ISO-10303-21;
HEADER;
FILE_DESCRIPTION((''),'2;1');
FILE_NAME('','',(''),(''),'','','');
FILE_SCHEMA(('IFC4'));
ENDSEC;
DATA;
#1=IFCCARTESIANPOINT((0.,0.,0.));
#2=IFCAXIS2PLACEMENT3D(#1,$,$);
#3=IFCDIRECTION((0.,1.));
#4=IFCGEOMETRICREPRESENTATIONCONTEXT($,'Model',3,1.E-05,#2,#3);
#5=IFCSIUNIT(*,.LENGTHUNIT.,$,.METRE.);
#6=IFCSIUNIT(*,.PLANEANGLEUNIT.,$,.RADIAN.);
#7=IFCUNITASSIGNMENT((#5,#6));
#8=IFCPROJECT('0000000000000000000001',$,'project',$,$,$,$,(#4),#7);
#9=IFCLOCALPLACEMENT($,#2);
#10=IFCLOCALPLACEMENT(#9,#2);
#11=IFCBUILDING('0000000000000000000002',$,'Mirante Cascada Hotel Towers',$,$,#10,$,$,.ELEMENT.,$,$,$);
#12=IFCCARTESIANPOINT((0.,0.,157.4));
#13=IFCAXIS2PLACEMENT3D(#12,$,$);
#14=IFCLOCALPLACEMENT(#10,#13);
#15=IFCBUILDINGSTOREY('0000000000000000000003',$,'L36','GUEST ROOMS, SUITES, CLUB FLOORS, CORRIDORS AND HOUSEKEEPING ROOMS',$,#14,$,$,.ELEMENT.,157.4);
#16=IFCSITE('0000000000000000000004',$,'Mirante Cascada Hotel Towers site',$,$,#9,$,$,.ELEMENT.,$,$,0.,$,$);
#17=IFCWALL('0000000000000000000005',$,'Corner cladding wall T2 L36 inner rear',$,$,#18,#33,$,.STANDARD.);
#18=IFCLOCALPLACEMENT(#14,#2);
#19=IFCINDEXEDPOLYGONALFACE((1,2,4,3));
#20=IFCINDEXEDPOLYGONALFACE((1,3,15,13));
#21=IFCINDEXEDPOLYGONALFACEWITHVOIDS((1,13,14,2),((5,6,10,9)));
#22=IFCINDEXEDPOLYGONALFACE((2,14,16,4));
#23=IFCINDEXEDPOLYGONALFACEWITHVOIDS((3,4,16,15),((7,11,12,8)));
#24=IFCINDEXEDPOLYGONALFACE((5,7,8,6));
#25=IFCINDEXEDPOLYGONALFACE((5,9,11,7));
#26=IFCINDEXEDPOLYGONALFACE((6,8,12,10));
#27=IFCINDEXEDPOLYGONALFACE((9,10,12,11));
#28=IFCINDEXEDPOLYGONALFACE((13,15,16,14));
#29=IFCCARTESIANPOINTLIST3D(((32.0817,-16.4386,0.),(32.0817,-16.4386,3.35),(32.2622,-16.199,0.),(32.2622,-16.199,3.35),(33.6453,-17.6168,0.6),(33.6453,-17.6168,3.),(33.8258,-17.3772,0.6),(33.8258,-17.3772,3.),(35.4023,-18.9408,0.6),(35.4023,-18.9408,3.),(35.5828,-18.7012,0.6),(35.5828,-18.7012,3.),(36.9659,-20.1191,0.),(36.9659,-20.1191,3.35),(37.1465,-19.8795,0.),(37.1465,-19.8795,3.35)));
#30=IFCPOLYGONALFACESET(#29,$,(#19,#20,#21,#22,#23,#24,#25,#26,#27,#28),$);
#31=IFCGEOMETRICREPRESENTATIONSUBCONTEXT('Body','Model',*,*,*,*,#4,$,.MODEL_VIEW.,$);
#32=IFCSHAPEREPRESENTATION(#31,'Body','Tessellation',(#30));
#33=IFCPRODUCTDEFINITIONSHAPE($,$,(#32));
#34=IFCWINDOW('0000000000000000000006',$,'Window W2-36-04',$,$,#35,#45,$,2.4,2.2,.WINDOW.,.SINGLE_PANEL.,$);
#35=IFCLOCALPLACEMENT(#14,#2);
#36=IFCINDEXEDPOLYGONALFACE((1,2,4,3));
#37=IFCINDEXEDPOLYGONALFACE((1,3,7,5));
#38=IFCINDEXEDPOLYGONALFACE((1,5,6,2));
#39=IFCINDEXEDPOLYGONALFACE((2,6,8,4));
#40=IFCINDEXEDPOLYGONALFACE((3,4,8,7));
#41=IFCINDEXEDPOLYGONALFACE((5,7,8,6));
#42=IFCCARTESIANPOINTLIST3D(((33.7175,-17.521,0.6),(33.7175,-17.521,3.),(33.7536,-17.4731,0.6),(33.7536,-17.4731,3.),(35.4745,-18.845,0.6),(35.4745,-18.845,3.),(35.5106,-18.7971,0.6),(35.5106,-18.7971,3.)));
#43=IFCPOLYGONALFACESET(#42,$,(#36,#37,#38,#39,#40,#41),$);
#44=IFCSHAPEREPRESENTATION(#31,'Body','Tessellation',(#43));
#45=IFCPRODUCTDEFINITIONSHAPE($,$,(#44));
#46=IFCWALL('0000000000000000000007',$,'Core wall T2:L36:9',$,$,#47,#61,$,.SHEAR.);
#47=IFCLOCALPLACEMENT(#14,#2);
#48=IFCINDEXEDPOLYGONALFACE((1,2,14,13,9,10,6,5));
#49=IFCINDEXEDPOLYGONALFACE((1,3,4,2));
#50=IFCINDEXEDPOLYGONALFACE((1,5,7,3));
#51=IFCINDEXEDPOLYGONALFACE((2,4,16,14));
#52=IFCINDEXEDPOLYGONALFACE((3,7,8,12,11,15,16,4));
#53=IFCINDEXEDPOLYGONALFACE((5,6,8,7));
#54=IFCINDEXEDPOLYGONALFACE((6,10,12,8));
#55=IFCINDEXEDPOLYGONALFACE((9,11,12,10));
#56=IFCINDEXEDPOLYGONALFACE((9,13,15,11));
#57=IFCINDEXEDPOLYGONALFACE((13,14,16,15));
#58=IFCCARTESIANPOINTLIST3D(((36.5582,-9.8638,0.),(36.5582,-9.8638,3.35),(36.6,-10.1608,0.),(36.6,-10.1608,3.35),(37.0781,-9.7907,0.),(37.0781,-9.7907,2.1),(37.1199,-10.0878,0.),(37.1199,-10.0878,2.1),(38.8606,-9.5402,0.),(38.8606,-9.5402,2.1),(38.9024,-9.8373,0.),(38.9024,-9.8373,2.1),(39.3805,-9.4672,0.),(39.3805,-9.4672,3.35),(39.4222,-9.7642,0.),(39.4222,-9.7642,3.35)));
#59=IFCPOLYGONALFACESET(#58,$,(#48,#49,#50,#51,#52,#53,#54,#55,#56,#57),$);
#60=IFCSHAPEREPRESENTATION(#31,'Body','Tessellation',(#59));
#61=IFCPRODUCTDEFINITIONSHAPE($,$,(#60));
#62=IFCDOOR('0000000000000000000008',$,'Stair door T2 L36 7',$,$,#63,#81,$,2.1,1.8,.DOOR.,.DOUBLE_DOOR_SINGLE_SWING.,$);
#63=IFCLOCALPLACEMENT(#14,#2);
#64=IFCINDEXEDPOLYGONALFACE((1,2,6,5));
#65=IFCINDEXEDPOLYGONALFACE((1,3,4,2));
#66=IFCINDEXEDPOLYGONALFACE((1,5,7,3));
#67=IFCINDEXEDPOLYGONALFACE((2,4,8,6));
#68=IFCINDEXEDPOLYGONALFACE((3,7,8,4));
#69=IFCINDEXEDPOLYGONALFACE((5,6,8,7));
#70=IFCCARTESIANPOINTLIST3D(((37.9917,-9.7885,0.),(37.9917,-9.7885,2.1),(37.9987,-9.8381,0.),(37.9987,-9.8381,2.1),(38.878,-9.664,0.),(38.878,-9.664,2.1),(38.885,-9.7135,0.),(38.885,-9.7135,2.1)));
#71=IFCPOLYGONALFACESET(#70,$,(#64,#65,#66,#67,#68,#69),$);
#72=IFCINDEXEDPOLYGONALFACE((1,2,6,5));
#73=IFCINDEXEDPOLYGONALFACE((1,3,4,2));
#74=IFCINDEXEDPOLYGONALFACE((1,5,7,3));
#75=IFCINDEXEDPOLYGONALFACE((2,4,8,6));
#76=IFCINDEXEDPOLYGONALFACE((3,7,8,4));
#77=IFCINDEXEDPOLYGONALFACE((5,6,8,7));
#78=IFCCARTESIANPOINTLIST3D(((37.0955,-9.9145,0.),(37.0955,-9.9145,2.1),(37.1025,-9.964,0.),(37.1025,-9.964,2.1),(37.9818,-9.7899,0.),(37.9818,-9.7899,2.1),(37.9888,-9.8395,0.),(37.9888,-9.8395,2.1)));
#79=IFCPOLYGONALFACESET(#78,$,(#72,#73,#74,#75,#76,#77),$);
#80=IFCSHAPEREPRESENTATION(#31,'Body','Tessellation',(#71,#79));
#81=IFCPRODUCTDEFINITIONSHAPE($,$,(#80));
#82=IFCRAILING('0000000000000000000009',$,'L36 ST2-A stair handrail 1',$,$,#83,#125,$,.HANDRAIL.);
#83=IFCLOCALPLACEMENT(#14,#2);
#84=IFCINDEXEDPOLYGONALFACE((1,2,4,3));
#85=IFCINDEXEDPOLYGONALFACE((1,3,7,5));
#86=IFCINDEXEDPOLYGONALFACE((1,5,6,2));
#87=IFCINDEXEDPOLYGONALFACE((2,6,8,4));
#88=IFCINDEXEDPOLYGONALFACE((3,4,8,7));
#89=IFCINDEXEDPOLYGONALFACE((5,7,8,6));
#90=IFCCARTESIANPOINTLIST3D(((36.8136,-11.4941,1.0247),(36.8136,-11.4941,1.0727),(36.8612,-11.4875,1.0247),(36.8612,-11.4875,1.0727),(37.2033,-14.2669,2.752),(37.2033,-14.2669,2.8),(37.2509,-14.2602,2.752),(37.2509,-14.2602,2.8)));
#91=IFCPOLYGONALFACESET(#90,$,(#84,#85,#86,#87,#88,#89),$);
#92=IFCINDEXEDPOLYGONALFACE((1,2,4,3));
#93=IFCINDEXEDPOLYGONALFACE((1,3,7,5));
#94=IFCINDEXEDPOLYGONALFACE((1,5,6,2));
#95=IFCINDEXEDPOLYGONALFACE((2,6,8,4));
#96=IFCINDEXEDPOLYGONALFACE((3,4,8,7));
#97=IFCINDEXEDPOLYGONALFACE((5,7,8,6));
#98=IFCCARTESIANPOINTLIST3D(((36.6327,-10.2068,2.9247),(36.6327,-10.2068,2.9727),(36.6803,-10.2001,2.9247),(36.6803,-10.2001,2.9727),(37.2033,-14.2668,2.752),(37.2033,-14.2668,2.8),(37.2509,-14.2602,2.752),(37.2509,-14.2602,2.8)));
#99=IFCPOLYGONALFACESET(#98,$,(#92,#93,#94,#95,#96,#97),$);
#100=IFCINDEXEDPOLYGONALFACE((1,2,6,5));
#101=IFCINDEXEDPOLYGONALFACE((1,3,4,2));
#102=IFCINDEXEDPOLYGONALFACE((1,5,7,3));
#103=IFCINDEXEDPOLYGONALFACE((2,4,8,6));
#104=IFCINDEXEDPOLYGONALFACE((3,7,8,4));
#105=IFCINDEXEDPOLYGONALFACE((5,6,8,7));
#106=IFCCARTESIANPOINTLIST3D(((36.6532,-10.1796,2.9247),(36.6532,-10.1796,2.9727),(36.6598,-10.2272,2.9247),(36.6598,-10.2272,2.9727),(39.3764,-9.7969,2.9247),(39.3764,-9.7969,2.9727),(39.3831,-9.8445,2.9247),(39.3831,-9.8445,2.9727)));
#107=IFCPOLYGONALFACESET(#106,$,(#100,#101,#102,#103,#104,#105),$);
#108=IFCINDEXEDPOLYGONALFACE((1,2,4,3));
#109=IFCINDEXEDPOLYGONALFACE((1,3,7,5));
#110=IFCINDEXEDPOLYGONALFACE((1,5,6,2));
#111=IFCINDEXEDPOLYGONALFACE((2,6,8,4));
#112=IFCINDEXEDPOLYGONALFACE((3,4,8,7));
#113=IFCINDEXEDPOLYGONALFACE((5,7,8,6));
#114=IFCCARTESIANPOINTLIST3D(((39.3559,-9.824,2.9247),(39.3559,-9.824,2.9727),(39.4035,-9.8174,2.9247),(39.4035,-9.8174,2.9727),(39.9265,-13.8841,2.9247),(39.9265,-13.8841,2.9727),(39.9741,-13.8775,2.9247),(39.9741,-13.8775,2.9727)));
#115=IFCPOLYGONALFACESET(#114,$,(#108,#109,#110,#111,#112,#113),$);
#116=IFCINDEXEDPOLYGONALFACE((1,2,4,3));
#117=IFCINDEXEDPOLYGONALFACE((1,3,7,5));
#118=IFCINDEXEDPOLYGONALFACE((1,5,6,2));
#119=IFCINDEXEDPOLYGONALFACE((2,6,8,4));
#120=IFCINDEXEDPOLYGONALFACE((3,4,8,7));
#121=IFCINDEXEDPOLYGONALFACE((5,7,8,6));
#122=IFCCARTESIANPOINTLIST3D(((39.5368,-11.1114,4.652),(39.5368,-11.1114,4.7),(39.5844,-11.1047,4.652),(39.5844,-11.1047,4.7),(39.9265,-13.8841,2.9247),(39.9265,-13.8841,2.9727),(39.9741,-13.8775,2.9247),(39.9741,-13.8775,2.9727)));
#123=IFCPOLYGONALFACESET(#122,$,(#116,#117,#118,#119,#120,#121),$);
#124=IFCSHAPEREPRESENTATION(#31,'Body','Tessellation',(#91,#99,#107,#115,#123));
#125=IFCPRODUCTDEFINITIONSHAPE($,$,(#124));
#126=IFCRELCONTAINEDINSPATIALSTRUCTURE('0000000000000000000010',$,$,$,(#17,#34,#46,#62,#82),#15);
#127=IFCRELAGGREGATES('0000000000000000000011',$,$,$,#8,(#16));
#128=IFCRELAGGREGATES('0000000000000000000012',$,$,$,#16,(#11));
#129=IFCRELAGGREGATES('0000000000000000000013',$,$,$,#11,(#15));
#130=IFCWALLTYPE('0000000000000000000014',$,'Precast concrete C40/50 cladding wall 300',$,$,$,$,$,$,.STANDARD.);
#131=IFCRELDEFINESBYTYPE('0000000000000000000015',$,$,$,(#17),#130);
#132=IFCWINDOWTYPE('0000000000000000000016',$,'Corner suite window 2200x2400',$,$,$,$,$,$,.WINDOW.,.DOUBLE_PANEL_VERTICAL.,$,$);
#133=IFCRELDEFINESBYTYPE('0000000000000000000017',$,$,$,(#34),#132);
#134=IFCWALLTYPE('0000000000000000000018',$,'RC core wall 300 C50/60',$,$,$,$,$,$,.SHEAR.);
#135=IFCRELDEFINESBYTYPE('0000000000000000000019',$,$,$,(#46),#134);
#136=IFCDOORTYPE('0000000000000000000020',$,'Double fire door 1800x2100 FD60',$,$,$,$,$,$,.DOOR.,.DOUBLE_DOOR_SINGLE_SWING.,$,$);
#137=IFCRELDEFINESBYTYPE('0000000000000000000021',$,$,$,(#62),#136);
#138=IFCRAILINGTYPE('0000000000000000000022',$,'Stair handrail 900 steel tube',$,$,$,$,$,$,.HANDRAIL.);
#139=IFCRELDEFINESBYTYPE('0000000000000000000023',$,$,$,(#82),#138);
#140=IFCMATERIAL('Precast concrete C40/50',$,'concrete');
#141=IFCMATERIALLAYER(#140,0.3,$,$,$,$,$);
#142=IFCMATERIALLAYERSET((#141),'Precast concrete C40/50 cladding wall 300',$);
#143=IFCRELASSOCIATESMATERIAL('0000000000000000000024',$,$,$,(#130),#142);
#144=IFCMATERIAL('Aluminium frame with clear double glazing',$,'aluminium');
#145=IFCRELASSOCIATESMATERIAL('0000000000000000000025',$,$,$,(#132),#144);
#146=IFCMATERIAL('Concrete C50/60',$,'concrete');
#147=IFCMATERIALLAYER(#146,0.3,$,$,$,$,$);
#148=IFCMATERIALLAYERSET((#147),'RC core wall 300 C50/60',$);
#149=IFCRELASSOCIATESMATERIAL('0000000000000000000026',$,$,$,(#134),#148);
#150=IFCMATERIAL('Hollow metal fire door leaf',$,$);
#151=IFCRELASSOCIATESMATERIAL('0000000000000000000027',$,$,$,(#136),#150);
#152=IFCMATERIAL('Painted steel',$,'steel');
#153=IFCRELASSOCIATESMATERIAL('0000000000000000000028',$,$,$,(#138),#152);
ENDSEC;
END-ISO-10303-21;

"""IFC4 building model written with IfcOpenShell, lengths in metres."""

from ifc_helpers import new_model, si_unit, direction, frame, frame_2d, origin, origin_2d, place, context, subcontext, project, spatial, rectangle, extrude, material, layer, layer_set, type_object, element, fill, save


model = new_model("IFC4")

# Units and contexts
model_context = context("Model", 3, precision=1e-05, world=origin(), true_north=direction((0.0, 1.0)))
body_context = subcontext(model_context, "Body", "Model", "MODEL_VIEW")
ifc_project = project(units=[si_unit("LENGTHUNIT", "METRE"), si_unit("PLANEANGLEUNIT", "RADIAN")], contexts=[model_context])

# Site, building, storey
site_placement = place(None, origin())
site = spatial("IfcSite", under=ifc_project, at=site_placement, Name="Mirante Cascada Hotel Towers site", CompositionType="ELEMENT", RefElevation=0.0)
building_placement = place(site_placement, origin())
building = spatial("IfcBuilding", under=site, at=building_placement, Name="Mirante Cascada Hotel Towers", CompositionType="ELEMENT")
storey_placement = place(building_placement, frame((0.0, 0.0, 157.4)))
storey = spatial("IfcBuildingStorey", under=building, at=storey_placement, Name="L36", Description="GUEST ROOMS, SUITES, CLUB FLOORS, CORRIDORS AND HOUSEKEEPING ROOMS", CompositionType="ELEMENT", Elevation=157.4)

# Wall, opening, window
ifc_material_1 = material(Name="Precast concrete C40/50", Category="concrete")
ifc_layer_1 = layer(ifc_material_1, 0.3)
ifc_layer_set_1 = layer_set([ifc_layer_1], Name="Precast concrete C40/50 cladding wall 300")
wall_type_1 = type_object("IfcWallType", Name="Precast concrete C40/50 cladding wall 300", PredefinedType="STANDARD", material=ifc_layer_set_1)
wall_1_placement = place(storey_placement, frame((32.172, -16.3188, 0.0), z_axis=(0.0, 0.0, 1.0), x_axis=(0.798636, -0.601814, 0.0)))
wall_1 = element("IfcWall", 1, at=wall_1_placement, inside=storey, type_object=wall_type_1, Name="Corner cladding wall T2 L36 inner rear", PredefinedType="STANDARD", context=body_context, shape_type="SweptSolid", body=[
    extrude(rectangle(XDim=6.1157, YDim=0.3, at=frame_2d((3.0578, 0.0))), origin(), (0.0, 0.0, 1.0), 3.35),
])
opening_1_placement = place(wall_1_placement, frame((1.9578, 0.0, 0.6)))
opening_1 = element("IfcOpeningElement", 2, at=opening_1_placement, cuts=wall_1, PredefinedType="OPENING", context=body_context, shape_type="SweptSolid", body=[
    extrude(rectangle(XDim=2.2, YDim=2.4, at=frame_2d((1.1, 1.2))), frame((0.0, 0.15, 0.0), z_axis=(0.0, -1.0, 0.0), x_axis=(1.0, 0.0, 0.0)), (0.0, 0.0, 1.0), 0.3),
])
ifc_material_2 = material(Name="Aluminium frame with clear double glazing", Category="aluminium")
window_type = type_object("IfcWindowType", Name="Corner suite window 2200x2400", PartitioningType="DOUBLE_PANEL_VERTICAL", PredefinedType="WINDOW", material=ifc_material_2)
window_placement = place(opening_1_placement, origin())
window = element("IfcWindow", 3, at=window_placement, inside=storey, type_object=window_type, Name="Window W2-36-04", OverallHeight=2.4, OverallWidth=2.2, PartitioningType="SINGLE_PANEL", PredefinedType="WINDOW", context=body_context, shape_type="SweptSolid", body=[
    extrude(rectangle(XDim=2.2, YDim=2.4, at=frame_2d((1.1, 1.2))), frame((0.0, 0.03, 0.0), z_axis=(0.0, -1.0, 0.0), x_axis=(1.0, 0.0, 0.0)), (0.0, 0.0, 1.0), 0.06),
])
fill(opening_1, window)

# Wall, opening, door
ifc_material_3 = material(Name="Concrete C50/60", Category="concrete")
ifc_layer_2 = layer(ifc_material_3, 0.3)
ifc_layer_set_2 = layer_set([ifc_layer_2], Name="RC core wall 300 C50/60")
wall_type_2 = type_object("IfcWallType", Name="RC core wall 300 C50/60", PredefinedType="SHEAR", material=ifc_layer_set_2)
wall_2_placement = place(storey_placement, frame((36.5791, -10.0123, 0.0), z_axis=(0.0, 0.0, 1.0), x_axis=(0.99027, 0.139156, 0.0)))
wall_2 = element("IfcWall", 4, at=wall_2_placement, inside=storey, type_object=wall_type_2, Name="Core wall T2:L36:9", PredefinedType="SHEAR", context=body_context, shape_type="SweptSolid", body=[
    extrude(rectangle(XDim=2.85, YDim=0.3, at=frame_2d((1.425, 0.0))), origin(), (0.0, 0.0, 1.0), 3.35),
])
opening_2_placement = place(wall_2_placement, frame((0.525, 0.0, 0.0)))
opening_2 = element("IfcOpeningElement", 5, at=opening_2_placement, cuts=wall_2, PredefinedType="OPENING", context=body_context, shape_type="SweptSolid", body=[
    extrude(rectangle(XDim=1.8, YDim=2.1, at=frame_2d((0.9, 1.05))), frame((0.0, 0.15, 0.0), z_axis=(0.0, -1.0, 0.0), x_axis=(1.0, 0.0, 0.0)), (0.0, 0.0, 1.0), 0.3),
])
ifc_material_4 = material(Name="Hollow metal fire door leaf")
door_type_1 = type_object("IfcDoorType", Name="Double fire door 1800x2100 FD60", OperationType="DOUBLE_DOOR_SINGLE_SWING", PredefinedType="DOOR", material=ifc_material_4)
door_1_placement = place(opening_2_placement, frame((1.8, 0.0, 0.0), z_axis=(0.0, 0.0, 1.0), x_axis=(-1.0, 0.0, 0.0)))
door_1 = element("IfcDoor", 6, at=door_1_placement, inside=storey, type_object=door_type_1, Name="Stair door T2 L36 7", OperationType="DOUBLE_DOOR_SINGLE_SWING", OverallHeight=2.1, OverallWidth=1.8, PredefinedType="DOOR", context=body_context, shape_type="SweptSolid", body=[
    extrude(rectangle(XDim=0.895, YDim=2.1, at=frame_2d((0.4475, 1.05))), frame((0.0, 0.025, 0.0), z_axis=(0.0, -1.0, 0.0), x_axis=(1.0, 0.0, 0.0)), (0.0, 0.0, 1.0), 0.05),
    extrude(rectangle(XDim=0.895, YDim=2.1, at=frame_2d((1.3525, 1.05))), frame((0.0, 0.025, 0.0), z_axis=(0.0, -1.0, 0.0), x_axis=(1.0, 0.0, 0.0)), (0.0, 0.0, 1.0), 0.05),
])
fill(opening_2, door_1)

# Railing
ifc_material_5 = material(Name="Painted steel", Category="steel")
railing_type = type_object("IfcRailingType", Name="Stair handrail 900 steel tube", PredefinedType="HANDRAIL", material=ifc_material_5)
railing_placement = place(storey_placement, frame((36.8374, -11.4908, 0.1727)))
element("IfcRailing", 7, at=railing_placement, inside=storey, type_object=railing_type, Name="L36 ST2-A stair handrail 1", PredefinedType="HANDRAIL", context=body_context, shape_type="SweptSolid", body=[
    extrude(rectangle(XDim=0.048, YDim=0.048, at=origin_2d()), frame((0.0, 0.0, 0.876), z_axis=(0.139181, -0.990267, 0.0), x_axis=(0.990267, 0.139181, 0.0)), (0.0, 0.525035, 0.851081), 3.2899),
    extrude(rectangle(XDim=0.048, YDim=0.048, at=origin_2d()), frame((0.3897, -2.7727, 2.6033), z_axis=(-0.139171, 0.990268, 0.0), x_axis=(-0.990268, -0.139171, 0.0)), (0.0, 0.042085, 0.999114), 4.1036),
    extrude(rectangle(XDim=0.048, YDim=0.048, at=origin_2d()), frame((-0.1809, 1.2874, 2.776), z_axis=(0.990269, 0.139166, 0.0), x_axis=(-0.139166, 0.990269, 0.0)), (0.0, 0.0, 1.0), 2.75),
    extrude(rectangle(XDim=0.048, YDim=0.048, at=origin_2d()), frame((2.5423, 1.6701, 2.776), z_axis=(0.139171, -0.990268, 0.0), x_axis=(0.990268, 0.139171, 0.0)), (0.0, 0.0, 1.0), 4.1),
    extrude(rectangle(XDim=0.048, YDim=0.048, at=origin_2d()), frame((3.1129, -2.39, 2.776), z_axis=(-0.139181, 0.990267, 0.0), x_axis=(-0.990267, -0.139181, 0.0)), (0.0, 0.525035, 0.851081), 3.2899),
])

save(model, "model.ifc")
